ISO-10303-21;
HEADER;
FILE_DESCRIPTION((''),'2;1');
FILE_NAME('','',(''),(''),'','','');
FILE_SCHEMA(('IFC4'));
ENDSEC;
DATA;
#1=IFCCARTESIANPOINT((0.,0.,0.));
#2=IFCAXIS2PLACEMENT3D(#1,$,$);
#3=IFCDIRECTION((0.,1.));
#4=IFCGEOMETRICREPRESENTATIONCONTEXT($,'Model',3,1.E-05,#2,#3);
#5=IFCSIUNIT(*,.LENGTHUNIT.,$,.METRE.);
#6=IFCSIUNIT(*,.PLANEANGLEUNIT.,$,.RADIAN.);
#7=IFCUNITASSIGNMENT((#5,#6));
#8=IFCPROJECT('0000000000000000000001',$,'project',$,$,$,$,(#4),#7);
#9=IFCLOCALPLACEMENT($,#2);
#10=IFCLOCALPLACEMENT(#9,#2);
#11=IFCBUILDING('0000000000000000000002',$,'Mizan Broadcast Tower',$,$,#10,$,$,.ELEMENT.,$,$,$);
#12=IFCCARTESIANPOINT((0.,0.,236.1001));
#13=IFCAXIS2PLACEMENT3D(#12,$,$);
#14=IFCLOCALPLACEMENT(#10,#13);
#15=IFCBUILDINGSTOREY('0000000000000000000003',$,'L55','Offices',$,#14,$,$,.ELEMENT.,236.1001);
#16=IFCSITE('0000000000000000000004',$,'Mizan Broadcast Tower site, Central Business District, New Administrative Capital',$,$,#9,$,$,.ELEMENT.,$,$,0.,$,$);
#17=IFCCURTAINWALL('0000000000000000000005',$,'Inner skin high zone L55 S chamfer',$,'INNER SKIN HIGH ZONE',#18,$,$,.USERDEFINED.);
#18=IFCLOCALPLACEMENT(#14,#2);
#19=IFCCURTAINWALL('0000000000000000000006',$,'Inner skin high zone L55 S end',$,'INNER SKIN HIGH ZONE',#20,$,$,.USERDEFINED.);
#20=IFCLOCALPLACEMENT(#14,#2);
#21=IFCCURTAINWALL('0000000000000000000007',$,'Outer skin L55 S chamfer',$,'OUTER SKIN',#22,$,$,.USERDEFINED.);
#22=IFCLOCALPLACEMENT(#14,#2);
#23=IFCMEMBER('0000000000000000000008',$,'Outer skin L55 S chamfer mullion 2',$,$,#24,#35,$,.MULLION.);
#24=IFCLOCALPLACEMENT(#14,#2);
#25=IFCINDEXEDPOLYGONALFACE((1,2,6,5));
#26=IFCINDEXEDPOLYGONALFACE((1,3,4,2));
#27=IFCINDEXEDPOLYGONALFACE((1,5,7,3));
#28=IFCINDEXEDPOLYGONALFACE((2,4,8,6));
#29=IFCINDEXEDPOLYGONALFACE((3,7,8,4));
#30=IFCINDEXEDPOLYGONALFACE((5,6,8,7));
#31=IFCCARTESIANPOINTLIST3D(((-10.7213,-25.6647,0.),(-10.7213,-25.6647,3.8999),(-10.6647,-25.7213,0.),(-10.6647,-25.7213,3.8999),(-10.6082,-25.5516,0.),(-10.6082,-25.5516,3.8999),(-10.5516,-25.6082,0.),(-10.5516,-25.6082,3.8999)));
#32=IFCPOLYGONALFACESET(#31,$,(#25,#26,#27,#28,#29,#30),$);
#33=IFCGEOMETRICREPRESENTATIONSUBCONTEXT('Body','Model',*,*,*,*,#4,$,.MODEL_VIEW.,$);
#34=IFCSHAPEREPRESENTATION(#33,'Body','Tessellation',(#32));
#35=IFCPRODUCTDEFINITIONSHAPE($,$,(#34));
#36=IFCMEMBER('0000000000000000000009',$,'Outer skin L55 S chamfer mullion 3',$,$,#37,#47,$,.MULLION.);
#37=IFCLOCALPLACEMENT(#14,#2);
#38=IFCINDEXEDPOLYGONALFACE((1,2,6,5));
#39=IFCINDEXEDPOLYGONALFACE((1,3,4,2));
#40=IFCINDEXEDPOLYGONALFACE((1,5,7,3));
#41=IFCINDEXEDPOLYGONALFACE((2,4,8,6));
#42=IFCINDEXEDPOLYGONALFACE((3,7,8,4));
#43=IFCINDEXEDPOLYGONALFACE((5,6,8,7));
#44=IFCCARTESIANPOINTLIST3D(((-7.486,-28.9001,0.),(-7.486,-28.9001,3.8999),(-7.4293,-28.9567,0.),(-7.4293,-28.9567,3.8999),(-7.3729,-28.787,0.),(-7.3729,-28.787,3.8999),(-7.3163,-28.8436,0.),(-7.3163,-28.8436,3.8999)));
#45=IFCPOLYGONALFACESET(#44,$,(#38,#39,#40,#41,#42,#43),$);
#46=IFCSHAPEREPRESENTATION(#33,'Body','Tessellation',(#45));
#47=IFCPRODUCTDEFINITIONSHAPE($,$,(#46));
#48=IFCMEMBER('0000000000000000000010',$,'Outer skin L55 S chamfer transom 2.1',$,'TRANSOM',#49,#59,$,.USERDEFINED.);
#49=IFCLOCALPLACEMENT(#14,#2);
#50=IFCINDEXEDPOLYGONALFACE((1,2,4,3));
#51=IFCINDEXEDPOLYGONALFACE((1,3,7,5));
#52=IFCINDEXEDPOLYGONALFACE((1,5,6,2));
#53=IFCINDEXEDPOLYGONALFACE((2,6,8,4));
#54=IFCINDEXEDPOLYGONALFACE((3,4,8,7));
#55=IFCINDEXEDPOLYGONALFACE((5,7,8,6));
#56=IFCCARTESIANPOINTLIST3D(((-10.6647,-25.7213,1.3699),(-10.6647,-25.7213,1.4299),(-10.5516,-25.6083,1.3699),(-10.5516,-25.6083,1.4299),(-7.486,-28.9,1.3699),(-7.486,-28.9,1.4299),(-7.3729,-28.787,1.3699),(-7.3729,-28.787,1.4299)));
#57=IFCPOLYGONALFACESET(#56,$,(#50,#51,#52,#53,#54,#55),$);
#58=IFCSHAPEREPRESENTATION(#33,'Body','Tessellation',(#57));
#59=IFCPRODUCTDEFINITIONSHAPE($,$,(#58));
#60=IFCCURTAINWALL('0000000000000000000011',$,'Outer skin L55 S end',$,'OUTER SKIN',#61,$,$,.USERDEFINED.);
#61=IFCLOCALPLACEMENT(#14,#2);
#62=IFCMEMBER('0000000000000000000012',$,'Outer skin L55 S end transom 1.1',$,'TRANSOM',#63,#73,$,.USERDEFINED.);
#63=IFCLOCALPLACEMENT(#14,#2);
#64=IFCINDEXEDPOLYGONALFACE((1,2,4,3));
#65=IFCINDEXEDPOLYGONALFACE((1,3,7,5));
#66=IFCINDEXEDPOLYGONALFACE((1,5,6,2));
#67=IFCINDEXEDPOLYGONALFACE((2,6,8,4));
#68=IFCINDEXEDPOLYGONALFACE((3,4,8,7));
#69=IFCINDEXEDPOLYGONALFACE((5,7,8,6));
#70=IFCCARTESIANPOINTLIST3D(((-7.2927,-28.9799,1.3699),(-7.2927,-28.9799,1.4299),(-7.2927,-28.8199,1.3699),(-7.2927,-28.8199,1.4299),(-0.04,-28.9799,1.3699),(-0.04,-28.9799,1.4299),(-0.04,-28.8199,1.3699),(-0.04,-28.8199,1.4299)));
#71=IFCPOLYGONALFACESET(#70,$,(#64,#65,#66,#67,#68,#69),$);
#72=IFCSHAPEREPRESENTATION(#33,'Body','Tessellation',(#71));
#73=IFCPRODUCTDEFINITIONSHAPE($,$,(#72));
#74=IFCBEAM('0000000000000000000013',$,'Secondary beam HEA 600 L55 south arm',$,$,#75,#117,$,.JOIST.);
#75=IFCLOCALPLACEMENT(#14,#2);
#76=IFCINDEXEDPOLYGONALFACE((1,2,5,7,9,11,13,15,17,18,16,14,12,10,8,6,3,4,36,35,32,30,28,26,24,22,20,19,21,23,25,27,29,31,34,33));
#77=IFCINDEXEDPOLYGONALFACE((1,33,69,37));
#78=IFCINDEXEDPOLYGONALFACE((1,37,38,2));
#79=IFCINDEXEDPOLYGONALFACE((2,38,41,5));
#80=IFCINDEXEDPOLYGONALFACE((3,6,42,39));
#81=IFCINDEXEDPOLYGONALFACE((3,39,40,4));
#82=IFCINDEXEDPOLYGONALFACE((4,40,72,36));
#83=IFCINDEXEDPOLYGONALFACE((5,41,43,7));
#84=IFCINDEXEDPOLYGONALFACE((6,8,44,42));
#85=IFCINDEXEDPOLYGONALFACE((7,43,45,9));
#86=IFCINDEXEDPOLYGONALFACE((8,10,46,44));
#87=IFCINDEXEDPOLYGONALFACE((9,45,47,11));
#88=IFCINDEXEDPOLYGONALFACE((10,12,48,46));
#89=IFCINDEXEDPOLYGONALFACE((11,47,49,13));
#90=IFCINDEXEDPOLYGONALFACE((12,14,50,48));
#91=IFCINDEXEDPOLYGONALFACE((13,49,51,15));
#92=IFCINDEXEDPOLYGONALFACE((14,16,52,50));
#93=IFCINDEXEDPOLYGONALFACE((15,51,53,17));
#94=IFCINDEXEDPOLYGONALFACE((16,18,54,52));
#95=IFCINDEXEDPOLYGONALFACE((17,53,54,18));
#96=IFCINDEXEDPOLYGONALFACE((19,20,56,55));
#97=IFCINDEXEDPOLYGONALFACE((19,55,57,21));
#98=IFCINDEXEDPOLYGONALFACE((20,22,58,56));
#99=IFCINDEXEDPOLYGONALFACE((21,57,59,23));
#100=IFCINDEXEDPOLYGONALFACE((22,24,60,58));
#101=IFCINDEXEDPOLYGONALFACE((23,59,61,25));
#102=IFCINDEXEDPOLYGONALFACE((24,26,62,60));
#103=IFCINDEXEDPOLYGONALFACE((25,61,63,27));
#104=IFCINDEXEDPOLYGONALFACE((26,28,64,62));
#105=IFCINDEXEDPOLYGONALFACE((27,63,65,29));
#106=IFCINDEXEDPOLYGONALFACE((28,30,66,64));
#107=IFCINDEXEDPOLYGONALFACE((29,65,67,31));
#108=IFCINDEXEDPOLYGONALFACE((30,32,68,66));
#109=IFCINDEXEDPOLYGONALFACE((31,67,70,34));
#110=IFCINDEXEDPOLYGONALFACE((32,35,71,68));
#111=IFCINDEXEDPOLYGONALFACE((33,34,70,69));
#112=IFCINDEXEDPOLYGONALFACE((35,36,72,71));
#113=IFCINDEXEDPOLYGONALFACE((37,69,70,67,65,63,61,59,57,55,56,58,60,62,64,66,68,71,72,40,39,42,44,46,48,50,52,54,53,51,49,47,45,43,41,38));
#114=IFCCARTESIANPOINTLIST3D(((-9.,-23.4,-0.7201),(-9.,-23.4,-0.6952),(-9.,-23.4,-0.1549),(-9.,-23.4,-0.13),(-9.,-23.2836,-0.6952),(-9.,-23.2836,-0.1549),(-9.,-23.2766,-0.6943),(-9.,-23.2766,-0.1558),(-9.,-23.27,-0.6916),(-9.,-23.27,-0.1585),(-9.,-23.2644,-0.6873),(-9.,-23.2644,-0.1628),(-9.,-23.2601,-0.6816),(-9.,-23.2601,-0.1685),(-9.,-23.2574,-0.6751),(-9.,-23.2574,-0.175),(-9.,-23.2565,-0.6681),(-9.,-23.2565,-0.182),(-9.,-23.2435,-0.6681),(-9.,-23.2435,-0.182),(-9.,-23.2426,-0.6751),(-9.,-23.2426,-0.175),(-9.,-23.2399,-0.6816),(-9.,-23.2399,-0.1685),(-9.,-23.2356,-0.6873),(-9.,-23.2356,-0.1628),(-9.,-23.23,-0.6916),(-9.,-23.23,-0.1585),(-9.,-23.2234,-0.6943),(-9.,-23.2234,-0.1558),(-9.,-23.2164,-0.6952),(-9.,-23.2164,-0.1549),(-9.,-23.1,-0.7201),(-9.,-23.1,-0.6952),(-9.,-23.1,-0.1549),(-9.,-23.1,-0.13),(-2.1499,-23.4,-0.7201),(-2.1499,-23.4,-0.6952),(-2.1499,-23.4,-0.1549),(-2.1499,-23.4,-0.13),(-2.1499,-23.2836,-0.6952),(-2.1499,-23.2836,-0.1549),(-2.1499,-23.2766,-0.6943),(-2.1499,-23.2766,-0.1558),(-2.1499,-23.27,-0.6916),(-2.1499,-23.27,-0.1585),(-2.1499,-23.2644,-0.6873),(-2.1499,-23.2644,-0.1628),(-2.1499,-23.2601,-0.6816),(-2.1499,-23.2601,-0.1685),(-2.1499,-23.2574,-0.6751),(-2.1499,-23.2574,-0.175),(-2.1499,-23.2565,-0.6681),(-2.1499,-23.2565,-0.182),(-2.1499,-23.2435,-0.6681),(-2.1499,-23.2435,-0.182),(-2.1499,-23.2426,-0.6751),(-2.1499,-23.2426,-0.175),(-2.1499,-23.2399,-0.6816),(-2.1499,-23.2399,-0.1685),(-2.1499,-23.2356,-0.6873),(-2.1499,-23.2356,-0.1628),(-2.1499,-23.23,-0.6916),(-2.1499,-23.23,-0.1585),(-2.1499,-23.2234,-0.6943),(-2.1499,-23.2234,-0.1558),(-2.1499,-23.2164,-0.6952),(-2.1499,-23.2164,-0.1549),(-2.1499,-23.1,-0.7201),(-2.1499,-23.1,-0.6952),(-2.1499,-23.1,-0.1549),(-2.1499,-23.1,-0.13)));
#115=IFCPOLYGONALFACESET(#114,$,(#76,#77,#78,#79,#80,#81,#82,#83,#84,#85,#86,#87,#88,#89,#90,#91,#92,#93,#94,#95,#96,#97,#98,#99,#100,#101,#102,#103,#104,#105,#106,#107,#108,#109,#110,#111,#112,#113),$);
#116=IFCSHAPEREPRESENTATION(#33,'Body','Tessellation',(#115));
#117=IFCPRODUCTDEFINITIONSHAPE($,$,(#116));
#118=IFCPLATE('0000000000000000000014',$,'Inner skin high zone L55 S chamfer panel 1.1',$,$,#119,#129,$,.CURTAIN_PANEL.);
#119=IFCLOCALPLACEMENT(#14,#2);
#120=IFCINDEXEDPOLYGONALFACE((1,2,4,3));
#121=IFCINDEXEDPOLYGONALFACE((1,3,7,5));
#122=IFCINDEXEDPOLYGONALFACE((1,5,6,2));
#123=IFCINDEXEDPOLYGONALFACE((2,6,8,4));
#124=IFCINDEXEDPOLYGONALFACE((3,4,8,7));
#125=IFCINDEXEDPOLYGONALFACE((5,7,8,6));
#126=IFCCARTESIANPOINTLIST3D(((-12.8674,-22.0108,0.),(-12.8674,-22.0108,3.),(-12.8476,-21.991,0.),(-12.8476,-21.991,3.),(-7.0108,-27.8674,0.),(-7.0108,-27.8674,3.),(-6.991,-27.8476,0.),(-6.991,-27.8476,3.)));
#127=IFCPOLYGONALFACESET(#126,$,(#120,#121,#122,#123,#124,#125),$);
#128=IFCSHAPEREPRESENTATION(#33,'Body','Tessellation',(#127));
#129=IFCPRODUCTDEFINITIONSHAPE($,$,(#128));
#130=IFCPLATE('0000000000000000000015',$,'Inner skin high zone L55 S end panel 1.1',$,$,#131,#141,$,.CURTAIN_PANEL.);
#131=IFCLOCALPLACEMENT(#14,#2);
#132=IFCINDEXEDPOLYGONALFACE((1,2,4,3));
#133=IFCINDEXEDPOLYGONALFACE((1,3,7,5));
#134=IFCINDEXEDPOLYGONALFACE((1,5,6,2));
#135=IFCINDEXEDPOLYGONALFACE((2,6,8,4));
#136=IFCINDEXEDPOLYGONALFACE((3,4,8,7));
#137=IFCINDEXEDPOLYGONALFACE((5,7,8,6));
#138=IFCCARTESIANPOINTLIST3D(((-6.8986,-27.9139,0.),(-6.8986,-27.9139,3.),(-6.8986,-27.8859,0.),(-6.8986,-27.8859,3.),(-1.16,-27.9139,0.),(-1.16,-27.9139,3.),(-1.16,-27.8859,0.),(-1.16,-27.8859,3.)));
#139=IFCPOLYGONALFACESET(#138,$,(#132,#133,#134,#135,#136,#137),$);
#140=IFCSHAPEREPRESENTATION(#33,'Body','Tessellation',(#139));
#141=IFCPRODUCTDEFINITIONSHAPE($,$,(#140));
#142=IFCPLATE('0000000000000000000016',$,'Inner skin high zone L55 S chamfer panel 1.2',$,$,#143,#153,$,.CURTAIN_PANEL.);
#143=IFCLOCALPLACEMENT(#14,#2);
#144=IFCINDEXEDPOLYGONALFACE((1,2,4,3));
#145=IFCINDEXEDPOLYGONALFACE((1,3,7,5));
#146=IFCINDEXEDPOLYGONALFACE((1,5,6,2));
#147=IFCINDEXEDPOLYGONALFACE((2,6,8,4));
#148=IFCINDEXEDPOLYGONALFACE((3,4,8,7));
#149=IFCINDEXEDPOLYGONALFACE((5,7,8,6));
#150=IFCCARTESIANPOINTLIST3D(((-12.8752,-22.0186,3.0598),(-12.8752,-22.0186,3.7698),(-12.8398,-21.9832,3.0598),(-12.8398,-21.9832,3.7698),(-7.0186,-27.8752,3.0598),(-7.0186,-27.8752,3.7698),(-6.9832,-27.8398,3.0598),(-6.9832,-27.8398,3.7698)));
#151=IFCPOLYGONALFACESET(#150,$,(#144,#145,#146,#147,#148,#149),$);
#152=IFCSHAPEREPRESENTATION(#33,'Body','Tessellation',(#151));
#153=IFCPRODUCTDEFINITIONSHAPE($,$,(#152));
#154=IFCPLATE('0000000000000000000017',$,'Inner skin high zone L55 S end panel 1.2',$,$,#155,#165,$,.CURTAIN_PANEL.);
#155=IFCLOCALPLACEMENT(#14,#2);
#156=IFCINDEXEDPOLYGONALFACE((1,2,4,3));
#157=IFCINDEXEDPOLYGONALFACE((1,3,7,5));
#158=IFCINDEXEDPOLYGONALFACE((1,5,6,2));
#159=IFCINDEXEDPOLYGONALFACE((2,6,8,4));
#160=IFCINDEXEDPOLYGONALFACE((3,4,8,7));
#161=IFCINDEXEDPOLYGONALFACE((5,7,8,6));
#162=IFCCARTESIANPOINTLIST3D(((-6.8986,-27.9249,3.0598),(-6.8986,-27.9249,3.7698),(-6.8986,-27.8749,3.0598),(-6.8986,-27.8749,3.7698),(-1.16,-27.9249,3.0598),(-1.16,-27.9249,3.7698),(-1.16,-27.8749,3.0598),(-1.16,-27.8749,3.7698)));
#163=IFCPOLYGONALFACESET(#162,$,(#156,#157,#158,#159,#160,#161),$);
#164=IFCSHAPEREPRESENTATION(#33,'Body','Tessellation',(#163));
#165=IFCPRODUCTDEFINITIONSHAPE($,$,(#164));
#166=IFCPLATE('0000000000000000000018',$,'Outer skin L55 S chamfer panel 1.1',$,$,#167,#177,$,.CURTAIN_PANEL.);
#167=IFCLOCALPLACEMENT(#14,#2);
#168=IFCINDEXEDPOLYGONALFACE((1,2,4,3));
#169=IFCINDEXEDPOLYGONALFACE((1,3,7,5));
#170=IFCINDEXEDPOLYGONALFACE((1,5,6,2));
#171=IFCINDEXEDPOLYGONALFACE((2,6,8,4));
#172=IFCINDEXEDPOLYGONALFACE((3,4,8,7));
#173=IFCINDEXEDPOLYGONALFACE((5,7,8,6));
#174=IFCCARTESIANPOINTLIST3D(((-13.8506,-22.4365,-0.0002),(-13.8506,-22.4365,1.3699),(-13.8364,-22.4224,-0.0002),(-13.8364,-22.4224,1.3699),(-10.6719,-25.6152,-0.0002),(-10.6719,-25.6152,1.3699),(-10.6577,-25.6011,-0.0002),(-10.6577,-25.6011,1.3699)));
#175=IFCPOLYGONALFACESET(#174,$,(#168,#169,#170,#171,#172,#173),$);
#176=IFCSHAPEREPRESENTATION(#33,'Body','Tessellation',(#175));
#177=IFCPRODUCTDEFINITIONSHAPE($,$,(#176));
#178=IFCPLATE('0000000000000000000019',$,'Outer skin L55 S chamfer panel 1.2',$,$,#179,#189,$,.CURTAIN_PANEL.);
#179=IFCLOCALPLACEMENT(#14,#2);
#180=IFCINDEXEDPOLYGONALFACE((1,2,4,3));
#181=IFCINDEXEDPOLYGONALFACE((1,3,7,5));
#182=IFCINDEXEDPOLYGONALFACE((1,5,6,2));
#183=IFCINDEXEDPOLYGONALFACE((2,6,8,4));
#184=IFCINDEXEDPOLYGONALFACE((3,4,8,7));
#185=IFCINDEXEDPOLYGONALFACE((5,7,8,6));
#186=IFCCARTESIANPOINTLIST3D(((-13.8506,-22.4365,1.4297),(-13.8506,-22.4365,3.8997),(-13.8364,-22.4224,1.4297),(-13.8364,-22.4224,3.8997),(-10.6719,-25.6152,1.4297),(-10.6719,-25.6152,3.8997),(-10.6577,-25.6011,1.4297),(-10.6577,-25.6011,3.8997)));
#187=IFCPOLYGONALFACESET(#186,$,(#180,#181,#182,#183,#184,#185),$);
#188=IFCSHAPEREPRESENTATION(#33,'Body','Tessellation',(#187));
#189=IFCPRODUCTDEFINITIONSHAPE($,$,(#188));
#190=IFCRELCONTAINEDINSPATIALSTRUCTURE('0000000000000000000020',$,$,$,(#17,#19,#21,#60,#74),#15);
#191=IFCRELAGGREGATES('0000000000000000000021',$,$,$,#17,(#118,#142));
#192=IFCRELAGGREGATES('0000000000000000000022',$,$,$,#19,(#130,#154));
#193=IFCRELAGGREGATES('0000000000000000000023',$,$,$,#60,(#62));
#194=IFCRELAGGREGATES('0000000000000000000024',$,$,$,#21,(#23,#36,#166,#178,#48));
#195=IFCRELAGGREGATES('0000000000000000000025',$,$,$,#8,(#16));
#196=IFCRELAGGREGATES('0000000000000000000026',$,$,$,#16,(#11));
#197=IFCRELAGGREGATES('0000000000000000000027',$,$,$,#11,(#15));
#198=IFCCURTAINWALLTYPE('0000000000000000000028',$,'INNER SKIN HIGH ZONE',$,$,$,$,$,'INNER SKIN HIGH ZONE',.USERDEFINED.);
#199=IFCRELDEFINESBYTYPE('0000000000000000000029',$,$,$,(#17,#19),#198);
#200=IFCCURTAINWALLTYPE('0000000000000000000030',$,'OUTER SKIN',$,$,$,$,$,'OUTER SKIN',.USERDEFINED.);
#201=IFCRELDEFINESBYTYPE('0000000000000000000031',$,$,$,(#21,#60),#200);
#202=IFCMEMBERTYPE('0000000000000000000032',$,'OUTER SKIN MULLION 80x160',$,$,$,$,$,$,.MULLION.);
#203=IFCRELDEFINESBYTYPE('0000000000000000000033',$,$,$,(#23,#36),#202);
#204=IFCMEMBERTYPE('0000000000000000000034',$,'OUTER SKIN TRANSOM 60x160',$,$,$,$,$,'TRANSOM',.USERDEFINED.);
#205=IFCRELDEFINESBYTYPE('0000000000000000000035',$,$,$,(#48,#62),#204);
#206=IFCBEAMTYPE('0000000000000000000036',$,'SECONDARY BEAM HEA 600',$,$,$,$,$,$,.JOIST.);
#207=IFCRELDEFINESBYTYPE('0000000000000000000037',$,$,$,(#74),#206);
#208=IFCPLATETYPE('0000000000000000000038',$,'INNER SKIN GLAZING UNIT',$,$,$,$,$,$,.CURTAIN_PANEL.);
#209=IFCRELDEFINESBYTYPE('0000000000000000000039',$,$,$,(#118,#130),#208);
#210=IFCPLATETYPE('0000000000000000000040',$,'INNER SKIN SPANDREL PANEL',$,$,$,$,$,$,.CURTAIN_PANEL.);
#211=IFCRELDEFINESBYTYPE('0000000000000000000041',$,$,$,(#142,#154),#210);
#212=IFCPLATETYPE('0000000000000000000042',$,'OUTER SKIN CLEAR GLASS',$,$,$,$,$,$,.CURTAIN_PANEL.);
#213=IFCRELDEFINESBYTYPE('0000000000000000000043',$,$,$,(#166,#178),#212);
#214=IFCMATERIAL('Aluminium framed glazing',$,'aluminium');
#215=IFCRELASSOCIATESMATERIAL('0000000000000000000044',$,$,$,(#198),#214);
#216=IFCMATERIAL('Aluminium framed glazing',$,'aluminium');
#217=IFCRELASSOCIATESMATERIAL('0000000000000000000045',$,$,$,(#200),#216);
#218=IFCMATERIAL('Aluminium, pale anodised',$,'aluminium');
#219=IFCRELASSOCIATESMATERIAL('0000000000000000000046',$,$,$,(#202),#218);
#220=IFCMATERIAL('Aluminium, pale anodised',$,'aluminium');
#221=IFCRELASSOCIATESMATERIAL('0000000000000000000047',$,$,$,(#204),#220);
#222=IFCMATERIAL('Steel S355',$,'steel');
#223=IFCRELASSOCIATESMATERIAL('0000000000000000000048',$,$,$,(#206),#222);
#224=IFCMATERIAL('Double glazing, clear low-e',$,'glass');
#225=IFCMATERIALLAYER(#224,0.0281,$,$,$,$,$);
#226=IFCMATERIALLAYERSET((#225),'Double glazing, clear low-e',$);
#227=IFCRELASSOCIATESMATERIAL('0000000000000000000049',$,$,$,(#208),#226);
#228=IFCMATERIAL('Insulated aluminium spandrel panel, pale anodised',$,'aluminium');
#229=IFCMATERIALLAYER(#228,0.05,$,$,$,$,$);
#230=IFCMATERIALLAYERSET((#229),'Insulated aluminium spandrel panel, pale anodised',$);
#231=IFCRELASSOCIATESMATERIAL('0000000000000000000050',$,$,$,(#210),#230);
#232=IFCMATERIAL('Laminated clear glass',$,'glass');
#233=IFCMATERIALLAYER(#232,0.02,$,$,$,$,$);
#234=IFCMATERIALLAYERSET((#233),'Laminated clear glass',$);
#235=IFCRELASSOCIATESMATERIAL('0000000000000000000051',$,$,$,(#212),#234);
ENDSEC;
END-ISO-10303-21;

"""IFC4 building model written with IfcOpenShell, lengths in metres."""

from ifc_helpers import new_model, si_unit, direction, frame, origin, origin_2d, place, context, subcontext, project, spatial, rectangle, i_section, extrude, material, layer, layer_set, material_profile, profile_set, type_object, element, aggregate, save


model = new_model("IFC4")

# Units and contexts
model_context = context("Model", 3, precision=1e-05, world=origin(), true_north=direction((0.0, 1.0)))
body_context = subcontext(model_context, "Body", "Model", "MODEL_VIEW")
ifc_project = project(units=[si_unit("LENGTHUNIT", "METRE"), si_unit("PLANEANGLEUNIT", "RADIAN")], contexts=[model_context])

# Site, building, storey
site_placement = place(None, origin())
site = spatial("IfcSite", under=ifc_project, at=site_placement, Name="Mizan Broadcast Tower site, Central Business District, New Administrative Capital", CompositionType="ELEMENT", RefElevation=0.0)
building_placement = place(site_placement, origin())
building = spatial("IfcBuilding", under=site, at=building_placement, Name="Mizan Broadcast Tower", CompositionType="ELEMENT")
storey_placement = place(building_placement, frame((0.0, 0.0, 236.1001)))
storey = spatial("IfcBuildingStorey", under=building, at=storey_placement, Name="L55", Description="Offices", CompositionType="ELEMENT", Elevation=236.1001)

# Curtain walls
ifc_material_1 = material(Name="Aluminium framed glazing", Category="aluminium")
curtain_wall_type_1 = type_object("IfcCurtainWallType", Name="INNER SKIN HIGH ZONE", ElementType="INNER SKIN HIGH ZONE", PredefinedType="USERDEFINED", material=ifc_material_1)
curtain_wall_1_placement = place(storey_placement, origin())
curtain_wall_1 = element("IfcCurtainWall", 1, at=curtain_wall_1_placement, inside=storey, type_object=curtain_wall_type_1, Name="Inner skin high zone L55 S chamfer", ObjectType="INNER SKIN HIGH ZONE", PredefinedType="USERDEFINED")
curtain_wall_2_placement = place(storey_placement, origin())
curtain_wall_2 = element("IfcCurtainWall", 2, at=curtain_wall_2_placement, inside=storey, type_object=curtain_wall_type_1, Name="Inner skin high zone L55 S end", ObjectType="INNER SKIN HIGH ZONE", PredefinedType="USERDEFINED")

# Curtain wall, members
ifc_material_2 = material(Name="Aluminium framed glazing", Category="aluminium")
curtain_wall_type_2 = type_object("IfcCurtainWallType", Name="OUTER SKIN", ElementType="OUTER SKIN", PredefinedType="USERDEFINED", material=ifc_material_2)
curtain_wall_3_placement = place(storey_placement, origin())
curtain_wall_3 = element("IfcCurtainWall", 3, at=curtain_wall_3_placement, inside=storey, type_object=curtain_wall_type_2, Name="Outer skin L55 S chamfer", ObjectType="OUTER SKIN", PredefinedType="USERDEFINED")
ifc_material_3 = material(Name="Aluminium, pale anodised", Category="aluminium")
ifc_material_profile_1 = material_profile(ifc_material_3, rectangle(XDim=0.1599, YDim=0.0801, at=origin_2d()), Name="MULLION 160x80")
ifc_profile_set_1 = profile_set([ifc_material_profile_1], Name="Aluminium, pale anodised")
member_type_1 = type_object("IfcMemberType", Name="OUTER SKIN MULLION 80x160", PredefinedType="MULLION", material=ifc_profile_set_1)
member_1_placement = place(storey_placement, frame((-10.6365, -25.6365, 0.0), z_axis=(0.0, 0.0, 1.0), x_axis=(0.707107, 0.707107, 0.0)))
member_1 = element("IfcMember", 4, at=member_1_placement, type_object=member_type_1, Name="Outer skin L55 S chamfer mullion 2", PredefinedType="MULLION", context=body_context, shape_type="SweptSolid", body=[
    extrude(rectangle(XDim=0.1599, YDim=0.0801, at=origin_2d()), origin(), (0.0, 0.0, 1.0), 3.8999),
])
member_2_placement = place(storey_placement, frame((-7.4011, -28.8718, 0.0), z_axis=(0.0, 0.0, 1.0), x_axis=(0.707107, 0.707107, 0.0)))
member_2 = element("IfcMember", 5, at=member_2_placement, type_object=member_type_1, Name="Outer skin L55 S chamfer mullion 3", PredefinedType="MULLION", context=body_context, shape_type="SweptSolid", body=[
    extrude(rectangle(XDim=0.1599, YDim=0.0801, at=origin_2d()), origin(), (0.0, 0.0, 1.0), 3.8999),
])
ifc_material_4 = material(Name="Aluminium, pale anodised", Category="aluminium")
ifc_material_profile_2 = material_profile(ifc_material_4, rectangle(XDim=0.1599, YDim=0.0601, at=origin_2d()), Name="TRANSOM 160x60")
ifc_profile_set_2 = profile_set([ifc_material_profile_2], Name="Aluminium, pale anodised")
member_type_2 = type_object("IfcMemberType", Name="OUTER SKIN TRANSOM 60x160", ElementType="TRANSOM", PredefinedType="USERDEFINED", material=ifc_profile_set_2)
member_3_placement = place(storey_placement, frame((-10.6082, -25.6648, 1.3999), z_axis=(0.707107, -0.707107, 0.0), x_axis=(0.707107, 0.707107, 0.0)))
member_3 = element("IfcMember", 6, at=member_3_placement, type_object=member_type_2, Name="Outer skin L55 S chamfer transom 2.1", ObjectType="TRANSOM", PredefinedType="USERDEFINED", context=body_context, shape_type="SweptSolid", body=[
    extrude(rectangle(XDim=0.1599, YDim=0.0601, at=origin_2d()), origin(), (0.0, 0.0, 1.0), 4.4954),
])

# Curtain wall, member
curtain_wall_4_placement = place(storey_placement, origin())
curtain_wall_4 = element("IfcCurtainWall", 7, at=curtain_wall_4_placement, inside=storey, type_object=curtain_wall_type_2, Name="Outer skin L55 S end", ObjectType="OUTER SKIN", PredefinedType="USERDEFINED")
member_4_placement = place(storey_placement, frame((-7.2927, -28.8999, 1.3999), z_axis=(1.0, 0.0, 0.0), x_axis=(0.0, 1.0, 0.0)))
member_4 = element("IfcMember", 8, at=member_4_placement, type_object=member_type_2, Name="Outer skin L55 S end transom 1.1", ObjectType="TRANSOM", PredefinedType="USERDEFINED", context=body_context, shape_type="SweptSolid", body=[
    extrude(rectangle(XDim=0.1599, YDim=0.0601, at=origin_2d()), origin(), (0.0, 0.0, 1.0), 7.2527),
])

# Beam
ifc_material_5 = material(Name="Steel S355", Category="steel")
ifc_material_profile_3 = material_profile(ifc_material_5, i_section(OverallWidth=0.3, OverallDepth=0.5901, WebThickness=0.0129, FlangeThickness=0.0249, FilletRadius=0.0271, at=origin_2d()), Name="HEA 600")
ifc_profile_set_3 = profile_set([ifc_material_profile_3], Name="Steel S355")
beam_type_1 = type_object("IfcBeamType", Name="SECONDARY BEAM HEA 600", PredefinedType="JOIST", material=ifc_profile_set_3)
beam_1_placement = place(storey_placement, frame((-9.0, -23.25, -0.425), z_axis=(1.0, 0.0, 0.0), x_axis=(0.0, 1.0, 0.0)))
element("IfcBeam", 9, at=beam_1_placement, inside=storey, type_object=beam_type_1, Name="Secondary beam HEA 600 L55 south arm", PredefinedType="JOIST", context=body_context, shape_type="SweptSolid", body=[
    extrude(i_section(OverallWidth=0.3, OverallDepth=0.5901, WebThickness=0.0129, FlangeThickness=0.0249, FilletRadius=0.0271, at=origin_2d()), origin(), (0.0, 0.0, 1.0), 6.8501),
])

# Plates
ifc_material_6 = material(Name="Double glazing, clear low-e", Category="glass")
ifc_layer_1 = layer(ifc_material_6, 0.0281)
ifc_layer_set_1 = layer_set([ifc_layer_1], Name="Double glazing, clear low-e")
plate_type_1 = type_object("IfcPlateType", Name="INNER SKIN GLAZING UNIT", PredefinedType="CURTAIN_PANEL", material=ifc_layer_set_1)
plate_1_placement = place(storey_placement, frame((-9.9292, -24.9292, 0.0), z_axis=(0.0, 0.0, 1.0), x_axis=(0.707107, -0.707107, 0.0)))
plate_1 = element("IfcPlate", 10, at=plate_1_placement, type_object=plate_type_1, Name="Inner skin high zone L55 S chamfer panel 1.1", PredefinedType="CURTAIN_PANEL", context=body_context, shape_type="SweptSolid", body=[
    extrude(rectangle(XDim=8.2825, YDim=0.0281, at=origin_2d()), origin(), (0.0, 0.0, 1.0), 3.0),
])
plate_2_placement = place(storey_placement, frame((-4.0293, -27.8999, 0.0), z_axis=(0.0, 0.0, 1.0), x_axis=(1.0, 0.0, 0.0)))
plate_2 = element("IfcPlate", 11, at=plate_2_placement, type_object=plate_type_1, Name="Inner skin high zone L55 S end panel 1.1", PredefinedType="CURTAIN_PANEL", context=body_context, shape_type="SweptSolid", body=[
    extrude(rectangle(XDim=5.7385, YDim=0.0281, at=origin_2d()), origin(), (0.0, 0.0, 1.0), 3.0),
])
ifc_material_7 = material(Name="Insulated aluminium spandrel panel, pale anodised", Category="aluminium")
ifc_layer_2 = layer(ifc_material_7, 0.05)
ifc_layer_set_2 = layer_set([ifc_layer_2], Name="Insulated aluminium spandrel panel, pale anodised")
plate_type_2 = type_object("IfcPlateType", Name="INNER SKIN SPANDREL PANEL", PredefinedType="CURTAIN_PANEL", material=ifc_layer_set_2)
plate_3_placement = place(storey_placement, frame((-9.9292, -24.9292, 3.0598), z_axis=(0.0, 0.0, 1.0), x_axis=(0.707107, -0.707107, 0.0)))
plate_3 = element("IfcPlate", 12, at=plate_3_placement, type_object=plate_type_2, Name="Inner skin high zone L55 S chamfer panel 1.2", PredefinedType="CURTAIN_PANEL", context=body_context, shape_type="SweptSolid", body=[
    extrude(rectangle(XDim=8.2825, YDim=0.05, at=origin_2d()), origin(), (0.0, 0.0, 1.0), 0.71),
])
aggregate(curtain_wall_1, [plate_1, plate_3])
plate_4_placement = place(storey_placement, frame((-4.0293, -27.8999, 3.0598), z_axis=(0.0, 0.0, 1.0), x_axis=(1.0, 0.0, 0.0)))
plate_4 = element("IfcPlate", 13, at=plate_4_placement, type_object=plate_type_2, Name="Inner skin high zone L55 S end panel 1.2", PredefinedType="CURTAIN_PANEL", context=body_context, shape_type="SweptSolid", body=[
    extrude(rectangle(XDim=5.7385, YDim=0.05, at=origin_2d()), origin(), (0.0, 0.0, 1.0), 0.71),
])
aggregate(curtain_wall_2, [plate_2, plate_4])
ifc_material_8 = material(Name="Laminated clear glass", Category="glass")
ifc_layer_3 = layer(ifc_material_8, 0.02)
ifc_layer_set_3 = layer_set([ifc_layer_3], Name="Laminated clear glass")
plate_type_3 = type_object("IfcPlateType", Name="OUTER SKIN CLEAR GLASS", PredefinedType="CURTAIN_PANEL", material=ifc_layer_set_3)
plate_5_placement = place(storey_placement, frame((-12.2542, -24.0188, -0.0002), z_axis=(0.0, 0.0, 1.0), x_axis=(0.707107, -0.707107, 0.0)))
plate_5 = element("IfcPlate", 14, at=plate_5_placement, type_object=plate_type_3, Name="Outer skin L55 S chamfer panel 1.1", PredefinedType="CURTAIN_PANEL", context=body_context, shape_type="SweptSolid", body=[
    extrude(rectangle(XDim=4.4954, YDim=0.02, at=origin_2d()), origin(), (0.0, 0.0, 1.0), 1.3701),
])
plate_6_placement = place(storey_placement, frame((-12.2542, -24.0188, 1.4297), z_axis=(0.0, 0.0, 1.0), x_axis=(0.707107, -0.707107, 0.0)))
plate_6 = element("IfcPlate", 15, at=plate_6_placement, type_object=plate_type_3, Name="Outer skin L55 S chamfer panel 1.2", PredefinedType="CURTAIN_PANEL", context=body_context, shape_type="SweptSolid", body=[
    extrude(rectangle(XDim=4.4954, YDim=0.02, at=origin_2d()), origin(), (0.0, 0.0, 1.0), 2.47),
])
aggregate(curtain_wall_4, [member_4])
aggregate(curtain_wall_3, [member_1, member_2, plate_5, plate_6, member_3])

save(model, "model.ifc")
